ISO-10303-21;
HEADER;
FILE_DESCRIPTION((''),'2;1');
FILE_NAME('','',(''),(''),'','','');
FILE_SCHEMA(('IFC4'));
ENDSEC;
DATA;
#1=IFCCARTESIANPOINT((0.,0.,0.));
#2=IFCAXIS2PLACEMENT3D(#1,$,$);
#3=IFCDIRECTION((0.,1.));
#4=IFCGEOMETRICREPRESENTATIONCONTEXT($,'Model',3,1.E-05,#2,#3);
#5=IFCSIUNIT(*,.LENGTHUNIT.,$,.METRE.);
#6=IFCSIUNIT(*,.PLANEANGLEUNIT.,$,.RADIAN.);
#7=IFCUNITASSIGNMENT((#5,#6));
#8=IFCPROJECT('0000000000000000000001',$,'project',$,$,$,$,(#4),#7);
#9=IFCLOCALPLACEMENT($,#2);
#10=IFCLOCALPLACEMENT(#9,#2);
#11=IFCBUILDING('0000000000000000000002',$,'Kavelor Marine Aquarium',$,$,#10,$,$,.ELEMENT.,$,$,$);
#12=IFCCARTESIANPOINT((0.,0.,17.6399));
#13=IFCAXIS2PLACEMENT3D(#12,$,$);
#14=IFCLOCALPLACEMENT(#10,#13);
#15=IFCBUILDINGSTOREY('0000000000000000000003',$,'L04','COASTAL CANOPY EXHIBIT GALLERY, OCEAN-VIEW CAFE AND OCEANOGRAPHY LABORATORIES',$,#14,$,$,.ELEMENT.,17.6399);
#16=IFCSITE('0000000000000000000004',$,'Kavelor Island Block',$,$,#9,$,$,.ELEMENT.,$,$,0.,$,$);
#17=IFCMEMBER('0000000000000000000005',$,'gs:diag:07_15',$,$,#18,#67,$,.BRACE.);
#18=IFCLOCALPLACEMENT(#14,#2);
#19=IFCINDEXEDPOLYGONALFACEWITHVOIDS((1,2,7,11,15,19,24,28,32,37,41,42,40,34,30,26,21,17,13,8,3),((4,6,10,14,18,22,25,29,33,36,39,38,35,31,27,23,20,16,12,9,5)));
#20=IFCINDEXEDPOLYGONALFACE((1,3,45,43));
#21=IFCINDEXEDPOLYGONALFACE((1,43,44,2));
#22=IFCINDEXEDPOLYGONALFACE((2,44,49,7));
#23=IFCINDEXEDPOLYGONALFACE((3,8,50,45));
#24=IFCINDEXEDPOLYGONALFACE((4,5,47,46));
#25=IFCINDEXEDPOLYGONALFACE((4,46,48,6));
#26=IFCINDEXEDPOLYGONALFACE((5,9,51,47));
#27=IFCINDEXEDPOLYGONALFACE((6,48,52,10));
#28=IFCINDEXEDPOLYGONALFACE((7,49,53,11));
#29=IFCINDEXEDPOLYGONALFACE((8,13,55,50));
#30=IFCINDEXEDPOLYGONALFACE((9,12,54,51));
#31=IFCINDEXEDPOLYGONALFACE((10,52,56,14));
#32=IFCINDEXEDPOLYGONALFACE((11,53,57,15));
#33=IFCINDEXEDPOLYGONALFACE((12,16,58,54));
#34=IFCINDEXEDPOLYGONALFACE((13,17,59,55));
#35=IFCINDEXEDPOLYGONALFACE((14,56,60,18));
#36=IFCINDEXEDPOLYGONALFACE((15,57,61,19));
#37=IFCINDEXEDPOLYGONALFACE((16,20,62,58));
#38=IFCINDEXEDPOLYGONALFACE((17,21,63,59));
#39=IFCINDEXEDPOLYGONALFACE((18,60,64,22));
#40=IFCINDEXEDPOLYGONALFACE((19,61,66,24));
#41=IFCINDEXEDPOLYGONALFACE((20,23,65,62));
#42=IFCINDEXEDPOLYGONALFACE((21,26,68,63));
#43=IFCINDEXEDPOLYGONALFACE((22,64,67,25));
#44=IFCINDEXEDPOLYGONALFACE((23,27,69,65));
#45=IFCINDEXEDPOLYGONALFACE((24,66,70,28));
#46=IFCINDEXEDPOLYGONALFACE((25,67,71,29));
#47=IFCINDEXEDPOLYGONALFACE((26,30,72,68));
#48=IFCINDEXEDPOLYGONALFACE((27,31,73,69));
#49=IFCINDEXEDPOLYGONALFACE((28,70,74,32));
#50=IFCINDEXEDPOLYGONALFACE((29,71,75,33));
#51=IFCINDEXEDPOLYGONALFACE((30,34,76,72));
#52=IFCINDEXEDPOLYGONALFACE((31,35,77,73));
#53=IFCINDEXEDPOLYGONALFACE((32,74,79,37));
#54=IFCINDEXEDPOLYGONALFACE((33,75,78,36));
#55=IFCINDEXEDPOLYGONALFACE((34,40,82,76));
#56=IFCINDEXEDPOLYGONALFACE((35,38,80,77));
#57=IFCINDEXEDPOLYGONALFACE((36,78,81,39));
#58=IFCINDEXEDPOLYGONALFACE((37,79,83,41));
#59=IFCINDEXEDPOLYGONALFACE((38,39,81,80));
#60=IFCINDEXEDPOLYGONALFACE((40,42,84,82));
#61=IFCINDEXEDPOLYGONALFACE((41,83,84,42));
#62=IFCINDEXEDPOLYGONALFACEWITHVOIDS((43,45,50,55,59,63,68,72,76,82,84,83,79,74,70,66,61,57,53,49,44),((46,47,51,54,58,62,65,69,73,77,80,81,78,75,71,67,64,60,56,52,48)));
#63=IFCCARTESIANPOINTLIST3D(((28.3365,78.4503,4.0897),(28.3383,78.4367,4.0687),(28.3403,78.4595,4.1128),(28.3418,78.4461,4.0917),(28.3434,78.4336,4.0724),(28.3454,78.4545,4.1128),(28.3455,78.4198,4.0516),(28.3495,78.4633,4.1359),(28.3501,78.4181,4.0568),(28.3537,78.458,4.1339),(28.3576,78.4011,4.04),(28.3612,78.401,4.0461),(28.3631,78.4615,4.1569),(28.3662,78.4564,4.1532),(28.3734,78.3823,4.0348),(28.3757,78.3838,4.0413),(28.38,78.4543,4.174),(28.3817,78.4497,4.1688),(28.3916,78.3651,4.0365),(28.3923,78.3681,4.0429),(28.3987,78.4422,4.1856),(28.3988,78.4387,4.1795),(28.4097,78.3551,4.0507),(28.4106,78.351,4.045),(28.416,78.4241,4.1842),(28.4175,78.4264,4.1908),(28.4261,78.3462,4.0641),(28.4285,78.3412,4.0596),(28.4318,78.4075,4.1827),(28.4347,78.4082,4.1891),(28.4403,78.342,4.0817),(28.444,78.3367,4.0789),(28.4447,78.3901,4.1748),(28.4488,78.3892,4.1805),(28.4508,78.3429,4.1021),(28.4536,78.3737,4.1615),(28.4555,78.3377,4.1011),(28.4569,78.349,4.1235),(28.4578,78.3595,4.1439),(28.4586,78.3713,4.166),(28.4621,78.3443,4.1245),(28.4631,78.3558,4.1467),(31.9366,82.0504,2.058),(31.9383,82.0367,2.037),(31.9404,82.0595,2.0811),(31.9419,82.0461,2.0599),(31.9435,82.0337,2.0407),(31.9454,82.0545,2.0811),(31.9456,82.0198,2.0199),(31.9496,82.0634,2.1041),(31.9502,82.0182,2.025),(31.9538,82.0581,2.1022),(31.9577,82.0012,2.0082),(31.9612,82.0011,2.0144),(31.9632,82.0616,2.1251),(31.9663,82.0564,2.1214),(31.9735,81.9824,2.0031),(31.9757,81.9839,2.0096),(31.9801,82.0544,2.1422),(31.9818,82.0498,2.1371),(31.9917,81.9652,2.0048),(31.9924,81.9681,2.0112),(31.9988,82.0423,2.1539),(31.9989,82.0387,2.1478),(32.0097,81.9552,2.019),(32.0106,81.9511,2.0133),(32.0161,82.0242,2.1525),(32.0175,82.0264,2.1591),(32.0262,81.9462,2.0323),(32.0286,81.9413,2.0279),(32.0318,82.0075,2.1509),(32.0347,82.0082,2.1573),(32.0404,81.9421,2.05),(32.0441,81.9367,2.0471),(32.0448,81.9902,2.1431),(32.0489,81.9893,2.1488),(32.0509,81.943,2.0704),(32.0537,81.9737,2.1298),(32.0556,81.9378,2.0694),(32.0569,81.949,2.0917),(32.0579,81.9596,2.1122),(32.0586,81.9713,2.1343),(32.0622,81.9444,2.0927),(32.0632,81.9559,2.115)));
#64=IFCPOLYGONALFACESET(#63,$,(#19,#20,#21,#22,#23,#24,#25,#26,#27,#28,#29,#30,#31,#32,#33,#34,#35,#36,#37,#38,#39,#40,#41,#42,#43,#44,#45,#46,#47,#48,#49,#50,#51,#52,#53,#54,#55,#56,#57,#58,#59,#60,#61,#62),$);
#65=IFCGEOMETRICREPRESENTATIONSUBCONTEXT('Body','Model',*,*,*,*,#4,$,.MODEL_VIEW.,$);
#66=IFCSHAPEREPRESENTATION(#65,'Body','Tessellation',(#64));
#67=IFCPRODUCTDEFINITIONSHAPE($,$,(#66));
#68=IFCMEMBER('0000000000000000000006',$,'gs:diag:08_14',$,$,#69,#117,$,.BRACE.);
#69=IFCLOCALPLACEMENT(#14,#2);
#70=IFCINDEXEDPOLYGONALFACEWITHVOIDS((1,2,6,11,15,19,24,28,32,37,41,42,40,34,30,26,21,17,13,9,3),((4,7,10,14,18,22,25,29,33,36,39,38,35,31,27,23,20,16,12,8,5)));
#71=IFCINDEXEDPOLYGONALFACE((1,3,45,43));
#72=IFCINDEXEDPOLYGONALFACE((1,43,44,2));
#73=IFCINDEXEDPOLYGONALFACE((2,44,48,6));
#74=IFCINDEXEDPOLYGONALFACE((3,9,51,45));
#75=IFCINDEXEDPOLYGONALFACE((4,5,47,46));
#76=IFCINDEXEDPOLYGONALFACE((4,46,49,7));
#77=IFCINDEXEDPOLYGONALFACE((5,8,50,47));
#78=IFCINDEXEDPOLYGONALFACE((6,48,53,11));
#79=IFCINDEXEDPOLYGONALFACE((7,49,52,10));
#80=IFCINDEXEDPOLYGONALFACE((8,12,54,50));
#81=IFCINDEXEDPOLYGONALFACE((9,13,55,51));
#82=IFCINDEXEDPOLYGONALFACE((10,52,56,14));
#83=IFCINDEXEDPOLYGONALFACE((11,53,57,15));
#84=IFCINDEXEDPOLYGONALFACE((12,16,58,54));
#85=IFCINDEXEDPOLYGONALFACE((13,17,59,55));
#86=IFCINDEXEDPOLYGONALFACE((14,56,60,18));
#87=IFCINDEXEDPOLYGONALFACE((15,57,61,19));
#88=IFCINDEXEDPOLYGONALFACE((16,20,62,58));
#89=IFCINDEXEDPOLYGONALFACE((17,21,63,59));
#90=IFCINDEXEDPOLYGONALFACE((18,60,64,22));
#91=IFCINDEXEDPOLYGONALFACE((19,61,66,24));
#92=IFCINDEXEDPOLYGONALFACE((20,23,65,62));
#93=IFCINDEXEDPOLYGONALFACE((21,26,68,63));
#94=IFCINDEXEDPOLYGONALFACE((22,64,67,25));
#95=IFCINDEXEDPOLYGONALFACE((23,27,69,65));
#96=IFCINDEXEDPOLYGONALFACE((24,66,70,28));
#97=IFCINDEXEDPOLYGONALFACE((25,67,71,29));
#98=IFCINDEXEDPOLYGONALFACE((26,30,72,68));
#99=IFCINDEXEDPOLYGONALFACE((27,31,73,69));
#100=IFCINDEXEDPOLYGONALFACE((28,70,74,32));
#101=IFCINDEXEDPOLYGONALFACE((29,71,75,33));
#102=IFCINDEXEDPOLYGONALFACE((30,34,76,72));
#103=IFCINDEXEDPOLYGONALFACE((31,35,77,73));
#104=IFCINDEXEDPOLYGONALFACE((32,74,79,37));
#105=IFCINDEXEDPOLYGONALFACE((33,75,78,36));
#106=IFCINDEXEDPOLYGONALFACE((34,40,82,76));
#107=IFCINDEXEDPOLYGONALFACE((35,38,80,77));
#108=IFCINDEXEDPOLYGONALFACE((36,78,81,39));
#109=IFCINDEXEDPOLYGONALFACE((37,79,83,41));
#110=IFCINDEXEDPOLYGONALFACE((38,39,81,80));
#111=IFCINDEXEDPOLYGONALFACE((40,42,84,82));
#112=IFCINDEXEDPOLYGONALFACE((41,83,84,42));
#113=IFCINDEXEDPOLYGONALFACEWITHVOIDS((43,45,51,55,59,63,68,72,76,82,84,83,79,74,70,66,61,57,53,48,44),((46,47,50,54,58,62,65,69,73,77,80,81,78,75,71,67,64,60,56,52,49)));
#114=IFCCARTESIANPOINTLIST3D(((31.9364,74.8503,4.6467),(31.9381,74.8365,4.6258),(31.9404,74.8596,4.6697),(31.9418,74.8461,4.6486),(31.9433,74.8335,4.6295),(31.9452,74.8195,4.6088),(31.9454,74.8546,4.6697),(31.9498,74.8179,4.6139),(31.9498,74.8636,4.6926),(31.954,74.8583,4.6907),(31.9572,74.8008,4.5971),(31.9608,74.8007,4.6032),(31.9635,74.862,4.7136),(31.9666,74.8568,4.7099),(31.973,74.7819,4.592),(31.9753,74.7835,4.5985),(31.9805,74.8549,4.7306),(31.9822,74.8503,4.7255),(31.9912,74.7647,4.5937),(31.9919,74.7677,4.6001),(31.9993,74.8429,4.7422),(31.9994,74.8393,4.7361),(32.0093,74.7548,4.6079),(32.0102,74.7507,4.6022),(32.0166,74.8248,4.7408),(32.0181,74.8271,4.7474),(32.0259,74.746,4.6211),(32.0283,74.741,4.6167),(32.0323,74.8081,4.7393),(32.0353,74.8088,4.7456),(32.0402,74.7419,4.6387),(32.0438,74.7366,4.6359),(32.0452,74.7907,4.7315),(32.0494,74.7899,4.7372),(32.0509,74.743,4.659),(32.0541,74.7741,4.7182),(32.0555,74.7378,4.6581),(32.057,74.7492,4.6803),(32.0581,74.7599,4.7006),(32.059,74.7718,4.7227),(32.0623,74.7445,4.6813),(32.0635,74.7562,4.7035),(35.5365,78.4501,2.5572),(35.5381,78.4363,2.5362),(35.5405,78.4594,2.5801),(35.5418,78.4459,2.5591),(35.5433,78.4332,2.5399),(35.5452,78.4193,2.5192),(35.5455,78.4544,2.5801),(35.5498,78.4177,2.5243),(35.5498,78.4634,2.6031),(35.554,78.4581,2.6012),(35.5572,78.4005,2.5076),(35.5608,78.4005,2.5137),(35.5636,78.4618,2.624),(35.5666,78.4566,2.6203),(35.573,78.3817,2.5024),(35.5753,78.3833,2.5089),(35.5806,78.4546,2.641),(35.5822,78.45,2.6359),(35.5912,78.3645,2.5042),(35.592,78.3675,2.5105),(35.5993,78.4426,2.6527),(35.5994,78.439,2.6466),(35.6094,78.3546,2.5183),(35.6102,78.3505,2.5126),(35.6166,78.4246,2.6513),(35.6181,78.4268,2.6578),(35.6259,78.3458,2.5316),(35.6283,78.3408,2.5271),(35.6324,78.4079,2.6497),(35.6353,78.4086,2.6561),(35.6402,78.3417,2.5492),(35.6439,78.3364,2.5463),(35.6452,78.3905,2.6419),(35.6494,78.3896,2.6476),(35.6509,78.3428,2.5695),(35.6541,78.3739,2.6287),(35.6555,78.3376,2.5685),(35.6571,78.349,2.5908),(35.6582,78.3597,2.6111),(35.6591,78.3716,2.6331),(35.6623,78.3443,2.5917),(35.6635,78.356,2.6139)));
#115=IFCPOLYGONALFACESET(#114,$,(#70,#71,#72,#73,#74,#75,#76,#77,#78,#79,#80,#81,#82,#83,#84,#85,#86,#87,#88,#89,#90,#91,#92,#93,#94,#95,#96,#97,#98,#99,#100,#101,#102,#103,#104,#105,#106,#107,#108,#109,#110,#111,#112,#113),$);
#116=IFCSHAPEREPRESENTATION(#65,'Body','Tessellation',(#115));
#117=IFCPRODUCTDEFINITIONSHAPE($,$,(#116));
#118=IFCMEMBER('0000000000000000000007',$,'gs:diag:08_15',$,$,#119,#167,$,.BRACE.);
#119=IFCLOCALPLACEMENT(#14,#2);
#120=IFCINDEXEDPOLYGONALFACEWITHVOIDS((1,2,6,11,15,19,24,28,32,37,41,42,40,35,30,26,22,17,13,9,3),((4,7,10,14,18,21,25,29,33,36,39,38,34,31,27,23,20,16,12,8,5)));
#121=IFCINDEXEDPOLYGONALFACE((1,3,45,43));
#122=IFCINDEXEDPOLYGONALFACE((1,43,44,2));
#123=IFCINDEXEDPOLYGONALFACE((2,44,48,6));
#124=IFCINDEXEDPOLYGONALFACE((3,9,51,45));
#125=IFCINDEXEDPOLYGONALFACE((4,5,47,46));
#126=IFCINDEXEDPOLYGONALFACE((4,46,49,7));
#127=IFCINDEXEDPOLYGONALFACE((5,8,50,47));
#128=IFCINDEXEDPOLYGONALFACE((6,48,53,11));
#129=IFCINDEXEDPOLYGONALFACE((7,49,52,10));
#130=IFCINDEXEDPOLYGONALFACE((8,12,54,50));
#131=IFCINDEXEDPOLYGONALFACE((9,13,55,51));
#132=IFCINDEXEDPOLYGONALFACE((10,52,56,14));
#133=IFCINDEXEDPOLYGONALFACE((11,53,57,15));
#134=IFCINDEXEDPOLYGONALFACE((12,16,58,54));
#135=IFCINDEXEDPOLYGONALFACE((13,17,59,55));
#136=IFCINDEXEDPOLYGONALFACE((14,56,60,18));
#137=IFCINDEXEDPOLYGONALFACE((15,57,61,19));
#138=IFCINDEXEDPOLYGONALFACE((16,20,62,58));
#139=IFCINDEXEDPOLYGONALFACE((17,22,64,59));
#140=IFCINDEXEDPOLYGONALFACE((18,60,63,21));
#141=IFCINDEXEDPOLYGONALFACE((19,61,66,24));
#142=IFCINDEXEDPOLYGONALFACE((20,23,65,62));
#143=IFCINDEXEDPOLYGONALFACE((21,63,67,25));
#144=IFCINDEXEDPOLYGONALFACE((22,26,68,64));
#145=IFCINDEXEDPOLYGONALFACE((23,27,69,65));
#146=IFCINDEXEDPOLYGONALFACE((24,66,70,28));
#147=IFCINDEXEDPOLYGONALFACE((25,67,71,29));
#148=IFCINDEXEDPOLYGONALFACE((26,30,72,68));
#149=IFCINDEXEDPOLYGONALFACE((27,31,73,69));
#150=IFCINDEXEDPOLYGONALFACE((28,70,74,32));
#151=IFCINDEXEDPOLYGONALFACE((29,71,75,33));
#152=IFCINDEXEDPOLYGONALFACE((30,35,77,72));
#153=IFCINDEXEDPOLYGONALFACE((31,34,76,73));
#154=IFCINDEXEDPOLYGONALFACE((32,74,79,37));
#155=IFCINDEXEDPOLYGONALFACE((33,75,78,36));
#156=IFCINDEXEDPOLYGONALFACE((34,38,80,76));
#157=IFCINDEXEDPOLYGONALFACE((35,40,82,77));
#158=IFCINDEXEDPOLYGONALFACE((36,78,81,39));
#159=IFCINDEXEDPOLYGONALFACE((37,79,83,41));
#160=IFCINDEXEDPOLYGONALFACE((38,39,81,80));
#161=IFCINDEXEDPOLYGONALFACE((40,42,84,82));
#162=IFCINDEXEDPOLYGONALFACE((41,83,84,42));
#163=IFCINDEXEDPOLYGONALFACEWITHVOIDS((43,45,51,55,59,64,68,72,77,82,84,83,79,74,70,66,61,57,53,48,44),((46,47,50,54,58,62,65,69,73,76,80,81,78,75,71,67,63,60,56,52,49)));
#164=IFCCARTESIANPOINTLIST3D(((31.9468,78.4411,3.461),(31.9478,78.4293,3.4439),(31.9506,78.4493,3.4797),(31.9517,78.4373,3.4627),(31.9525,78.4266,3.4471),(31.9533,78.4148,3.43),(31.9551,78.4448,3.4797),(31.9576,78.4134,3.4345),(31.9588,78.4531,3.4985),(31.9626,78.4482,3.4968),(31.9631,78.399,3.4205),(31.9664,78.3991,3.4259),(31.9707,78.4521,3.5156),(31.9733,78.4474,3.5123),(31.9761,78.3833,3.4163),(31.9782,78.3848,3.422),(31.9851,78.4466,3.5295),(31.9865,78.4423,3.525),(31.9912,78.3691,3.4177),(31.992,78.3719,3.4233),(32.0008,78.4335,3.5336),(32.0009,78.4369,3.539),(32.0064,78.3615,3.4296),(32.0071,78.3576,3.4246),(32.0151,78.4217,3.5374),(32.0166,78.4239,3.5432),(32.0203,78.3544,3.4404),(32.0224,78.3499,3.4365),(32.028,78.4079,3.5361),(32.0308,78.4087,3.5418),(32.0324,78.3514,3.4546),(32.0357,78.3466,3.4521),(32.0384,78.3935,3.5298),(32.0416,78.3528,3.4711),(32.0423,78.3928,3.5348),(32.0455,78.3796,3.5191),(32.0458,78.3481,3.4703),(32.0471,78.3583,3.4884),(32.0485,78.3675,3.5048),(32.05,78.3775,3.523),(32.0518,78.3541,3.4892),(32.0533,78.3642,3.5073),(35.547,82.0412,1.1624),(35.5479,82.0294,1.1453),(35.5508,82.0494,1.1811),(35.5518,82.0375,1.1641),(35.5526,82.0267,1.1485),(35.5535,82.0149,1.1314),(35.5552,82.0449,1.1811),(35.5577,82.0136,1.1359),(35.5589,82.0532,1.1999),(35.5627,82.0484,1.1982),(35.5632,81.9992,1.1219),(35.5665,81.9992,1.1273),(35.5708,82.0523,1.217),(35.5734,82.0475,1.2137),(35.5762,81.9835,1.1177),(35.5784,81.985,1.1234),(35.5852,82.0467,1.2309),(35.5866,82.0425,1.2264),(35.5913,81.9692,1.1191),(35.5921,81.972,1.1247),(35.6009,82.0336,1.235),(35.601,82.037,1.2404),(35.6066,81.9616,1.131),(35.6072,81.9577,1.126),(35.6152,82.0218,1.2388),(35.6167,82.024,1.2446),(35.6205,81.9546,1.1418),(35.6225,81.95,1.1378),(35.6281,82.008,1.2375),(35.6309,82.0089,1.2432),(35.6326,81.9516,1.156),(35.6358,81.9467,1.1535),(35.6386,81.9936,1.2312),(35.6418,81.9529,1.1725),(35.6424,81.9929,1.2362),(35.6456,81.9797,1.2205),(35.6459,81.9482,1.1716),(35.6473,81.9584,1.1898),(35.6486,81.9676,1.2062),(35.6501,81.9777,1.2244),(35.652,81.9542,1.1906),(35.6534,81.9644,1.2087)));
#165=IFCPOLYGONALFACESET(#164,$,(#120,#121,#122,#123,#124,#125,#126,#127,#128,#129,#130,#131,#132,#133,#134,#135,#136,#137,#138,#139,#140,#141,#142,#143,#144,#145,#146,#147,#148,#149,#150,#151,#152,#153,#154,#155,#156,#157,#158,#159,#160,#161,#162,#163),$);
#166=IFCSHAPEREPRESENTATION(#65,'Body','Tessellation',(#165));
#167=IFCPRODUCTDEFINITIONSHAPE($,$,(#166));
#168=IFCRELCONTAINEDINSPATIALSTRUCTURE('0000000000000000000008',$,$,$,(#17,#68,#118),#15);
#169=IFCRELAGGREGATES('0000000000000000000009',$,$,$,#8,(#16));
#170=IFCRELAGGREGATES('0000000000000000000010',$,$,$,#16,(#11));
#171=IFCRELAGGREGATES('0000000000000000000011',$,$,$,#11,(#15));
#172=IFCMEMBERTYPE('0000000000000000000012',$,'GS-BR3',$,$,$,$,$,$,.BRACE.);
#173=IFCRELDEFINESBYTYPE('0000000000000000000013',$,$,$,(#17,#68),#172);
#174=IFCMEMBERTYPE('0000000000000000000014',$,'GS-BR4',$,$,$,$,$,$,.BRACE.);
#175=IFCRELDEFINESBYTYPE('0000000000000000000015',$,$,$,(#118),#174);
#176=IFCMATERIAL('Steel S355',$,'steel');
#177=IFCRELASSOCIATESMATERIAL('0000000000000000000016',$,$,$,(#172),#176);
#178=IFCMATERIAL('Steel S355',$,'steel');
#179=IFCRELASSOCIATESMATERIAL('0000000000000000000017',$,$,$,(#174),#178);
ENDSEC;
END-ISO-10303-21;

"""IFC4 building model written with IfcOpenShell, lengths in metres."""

from ifc_helpers import new_model, si_unit, direction, frame, origin, origin_2d, place, context, subcontext, project, spatial, hollow_circle, extrude, material, material_profile, profile_set, type_object, element, save


model = new_model("IFC4")

# Units and contexts
model_context = context("Model", 3, precision=1e-05, world=origin(), true_north=direction((0.0, 1.0)))
body_context = subcontext(model_context, "Body", "Model", "MODEL_VIEW")
ifc_project = project(units=[si_unit("LENGTHUNIT", "METRE"), si_unit("PLANEANGLEUNIT", "RADIAN")], contexts=[model_context])

# Site, building, storey
site_placement = place(None, origin())
site = spatial("IfcSite", under=ifc_project, at=site_placement, Name="Kavelor Island Block", CompositionType="ELEMENT", RefElevation=0.0)
building_placement = place(site_placement, origin())
building = spatial("IfcBuilding", under=site, at=building_placement, Name="Kavelor Marine Aquarium", CompositionType="ELEMENT")
storey_placement = place(building_placement, frame((0.0, 0.0, 17.6399)))
storey = spatial("IfcBuildingStorey", under=building, at=storey_placement, Name="L04", Description="COASTAL CANOPY EXHIBIT GALLERY, OCEAN-VIEW CAFE AND OCEANOGRAPHY LABORATORIES", CompositionType="ELEMENT", Elevation=17.6399)

# Members
ifc_material_1 = material(Name="Steel S355", Category="steel")
ifc_material_profile_1 = material_profile(ifc_material_1, hollow_circle(Radius=0.0842, WallThickness=0.0071, at=origin_2d()), Name="CHS 168.3x7.1")
ifc_profile_set_1 = profile_set([ifc_material_profile_1], Name="Steel S355")
member_type_1 = type_object("IfcMemberType", Name="GS-BR3", PredefinedType="BRACE", material=ifc_profile_set_1)
member_1_placement = place(storey_placement, frame((28.3999, 78.3999, 4.1128), z_axis=(0.656745, 0.656745, -0.370638), x_axis=(-0.707107, 0.707107, 0.0)))
element("IfcMember", 1, at=member_1_placement, inside=storey, type_object=member_type_1, Name="gs:diag:07_15", PredefinedType="BRACE", context=body_context, shape_type="SweptSolid", body=[
    extrude(hollow_circle(Radius=0.0842, WallThickness=0.0071, at=origin_2d()), origin(), (0.0, 0.0, 1.0), 5.4817),
])
member_2_placement = place(storey_placement, frame((32.0, 74.8, 4.6697), z_axis=(0.654173, 0.654129, -0.379701), x_axis=(-0.707083, 0.707131, 0.0)))
element("IfcMember", 2, at=member_2_placement, inside=storey, type_object=member_type_1, Name="gs:diag:08_14", PredefinedType="BRACE", context=body_context, shape_type="SweptSolid", body=[
    extrude(hollow_circle(Radius=0.0842, WallThickness=0.0071, at=origin_2d()), origin(), (0.0, 0.0, 1.0), 5.5032),
])
ifc_material_2 = material(Name="Steel S355", Category="steel")
ifc_material_profile_2 = material_profile(ifc_material_2, hollow_circle(Radius=0.0698, WallThickness=0.0063, at=origin_2d()), Name="CHS 139.7x6.3")
ifc_profile_set_2 = profile_set([ifc_material_profile_2], Name="Steel S355")
member_type_2 = type_object("IfcMemberType", Name="GS-BR4", PredefinedType="BRACE", material=ifc_profile_set_2)
member_3_placement = place(storey_placement, frame((32.0, 78.3999, 3.4797), z_axis=(0.64447, 0.64447, -0.41148), x_axis=(-0.707107, 0.707107, 0.0)))
element("IfcMember", 3, at=member_3_placement, inside=storey, type_object=member_type_2, Name="gs:diag:08_15", PredefinedType="BRACE", context=body_context, shape_type="SweptSolid", body=[
    extrude(hollow_circle(Radius=0.0698, WallThickness=0.0063, at=origin_2d()), origin(), (0.0, 0.0, 1.0), 5.5862),
])

save(model, "model.ifc")
